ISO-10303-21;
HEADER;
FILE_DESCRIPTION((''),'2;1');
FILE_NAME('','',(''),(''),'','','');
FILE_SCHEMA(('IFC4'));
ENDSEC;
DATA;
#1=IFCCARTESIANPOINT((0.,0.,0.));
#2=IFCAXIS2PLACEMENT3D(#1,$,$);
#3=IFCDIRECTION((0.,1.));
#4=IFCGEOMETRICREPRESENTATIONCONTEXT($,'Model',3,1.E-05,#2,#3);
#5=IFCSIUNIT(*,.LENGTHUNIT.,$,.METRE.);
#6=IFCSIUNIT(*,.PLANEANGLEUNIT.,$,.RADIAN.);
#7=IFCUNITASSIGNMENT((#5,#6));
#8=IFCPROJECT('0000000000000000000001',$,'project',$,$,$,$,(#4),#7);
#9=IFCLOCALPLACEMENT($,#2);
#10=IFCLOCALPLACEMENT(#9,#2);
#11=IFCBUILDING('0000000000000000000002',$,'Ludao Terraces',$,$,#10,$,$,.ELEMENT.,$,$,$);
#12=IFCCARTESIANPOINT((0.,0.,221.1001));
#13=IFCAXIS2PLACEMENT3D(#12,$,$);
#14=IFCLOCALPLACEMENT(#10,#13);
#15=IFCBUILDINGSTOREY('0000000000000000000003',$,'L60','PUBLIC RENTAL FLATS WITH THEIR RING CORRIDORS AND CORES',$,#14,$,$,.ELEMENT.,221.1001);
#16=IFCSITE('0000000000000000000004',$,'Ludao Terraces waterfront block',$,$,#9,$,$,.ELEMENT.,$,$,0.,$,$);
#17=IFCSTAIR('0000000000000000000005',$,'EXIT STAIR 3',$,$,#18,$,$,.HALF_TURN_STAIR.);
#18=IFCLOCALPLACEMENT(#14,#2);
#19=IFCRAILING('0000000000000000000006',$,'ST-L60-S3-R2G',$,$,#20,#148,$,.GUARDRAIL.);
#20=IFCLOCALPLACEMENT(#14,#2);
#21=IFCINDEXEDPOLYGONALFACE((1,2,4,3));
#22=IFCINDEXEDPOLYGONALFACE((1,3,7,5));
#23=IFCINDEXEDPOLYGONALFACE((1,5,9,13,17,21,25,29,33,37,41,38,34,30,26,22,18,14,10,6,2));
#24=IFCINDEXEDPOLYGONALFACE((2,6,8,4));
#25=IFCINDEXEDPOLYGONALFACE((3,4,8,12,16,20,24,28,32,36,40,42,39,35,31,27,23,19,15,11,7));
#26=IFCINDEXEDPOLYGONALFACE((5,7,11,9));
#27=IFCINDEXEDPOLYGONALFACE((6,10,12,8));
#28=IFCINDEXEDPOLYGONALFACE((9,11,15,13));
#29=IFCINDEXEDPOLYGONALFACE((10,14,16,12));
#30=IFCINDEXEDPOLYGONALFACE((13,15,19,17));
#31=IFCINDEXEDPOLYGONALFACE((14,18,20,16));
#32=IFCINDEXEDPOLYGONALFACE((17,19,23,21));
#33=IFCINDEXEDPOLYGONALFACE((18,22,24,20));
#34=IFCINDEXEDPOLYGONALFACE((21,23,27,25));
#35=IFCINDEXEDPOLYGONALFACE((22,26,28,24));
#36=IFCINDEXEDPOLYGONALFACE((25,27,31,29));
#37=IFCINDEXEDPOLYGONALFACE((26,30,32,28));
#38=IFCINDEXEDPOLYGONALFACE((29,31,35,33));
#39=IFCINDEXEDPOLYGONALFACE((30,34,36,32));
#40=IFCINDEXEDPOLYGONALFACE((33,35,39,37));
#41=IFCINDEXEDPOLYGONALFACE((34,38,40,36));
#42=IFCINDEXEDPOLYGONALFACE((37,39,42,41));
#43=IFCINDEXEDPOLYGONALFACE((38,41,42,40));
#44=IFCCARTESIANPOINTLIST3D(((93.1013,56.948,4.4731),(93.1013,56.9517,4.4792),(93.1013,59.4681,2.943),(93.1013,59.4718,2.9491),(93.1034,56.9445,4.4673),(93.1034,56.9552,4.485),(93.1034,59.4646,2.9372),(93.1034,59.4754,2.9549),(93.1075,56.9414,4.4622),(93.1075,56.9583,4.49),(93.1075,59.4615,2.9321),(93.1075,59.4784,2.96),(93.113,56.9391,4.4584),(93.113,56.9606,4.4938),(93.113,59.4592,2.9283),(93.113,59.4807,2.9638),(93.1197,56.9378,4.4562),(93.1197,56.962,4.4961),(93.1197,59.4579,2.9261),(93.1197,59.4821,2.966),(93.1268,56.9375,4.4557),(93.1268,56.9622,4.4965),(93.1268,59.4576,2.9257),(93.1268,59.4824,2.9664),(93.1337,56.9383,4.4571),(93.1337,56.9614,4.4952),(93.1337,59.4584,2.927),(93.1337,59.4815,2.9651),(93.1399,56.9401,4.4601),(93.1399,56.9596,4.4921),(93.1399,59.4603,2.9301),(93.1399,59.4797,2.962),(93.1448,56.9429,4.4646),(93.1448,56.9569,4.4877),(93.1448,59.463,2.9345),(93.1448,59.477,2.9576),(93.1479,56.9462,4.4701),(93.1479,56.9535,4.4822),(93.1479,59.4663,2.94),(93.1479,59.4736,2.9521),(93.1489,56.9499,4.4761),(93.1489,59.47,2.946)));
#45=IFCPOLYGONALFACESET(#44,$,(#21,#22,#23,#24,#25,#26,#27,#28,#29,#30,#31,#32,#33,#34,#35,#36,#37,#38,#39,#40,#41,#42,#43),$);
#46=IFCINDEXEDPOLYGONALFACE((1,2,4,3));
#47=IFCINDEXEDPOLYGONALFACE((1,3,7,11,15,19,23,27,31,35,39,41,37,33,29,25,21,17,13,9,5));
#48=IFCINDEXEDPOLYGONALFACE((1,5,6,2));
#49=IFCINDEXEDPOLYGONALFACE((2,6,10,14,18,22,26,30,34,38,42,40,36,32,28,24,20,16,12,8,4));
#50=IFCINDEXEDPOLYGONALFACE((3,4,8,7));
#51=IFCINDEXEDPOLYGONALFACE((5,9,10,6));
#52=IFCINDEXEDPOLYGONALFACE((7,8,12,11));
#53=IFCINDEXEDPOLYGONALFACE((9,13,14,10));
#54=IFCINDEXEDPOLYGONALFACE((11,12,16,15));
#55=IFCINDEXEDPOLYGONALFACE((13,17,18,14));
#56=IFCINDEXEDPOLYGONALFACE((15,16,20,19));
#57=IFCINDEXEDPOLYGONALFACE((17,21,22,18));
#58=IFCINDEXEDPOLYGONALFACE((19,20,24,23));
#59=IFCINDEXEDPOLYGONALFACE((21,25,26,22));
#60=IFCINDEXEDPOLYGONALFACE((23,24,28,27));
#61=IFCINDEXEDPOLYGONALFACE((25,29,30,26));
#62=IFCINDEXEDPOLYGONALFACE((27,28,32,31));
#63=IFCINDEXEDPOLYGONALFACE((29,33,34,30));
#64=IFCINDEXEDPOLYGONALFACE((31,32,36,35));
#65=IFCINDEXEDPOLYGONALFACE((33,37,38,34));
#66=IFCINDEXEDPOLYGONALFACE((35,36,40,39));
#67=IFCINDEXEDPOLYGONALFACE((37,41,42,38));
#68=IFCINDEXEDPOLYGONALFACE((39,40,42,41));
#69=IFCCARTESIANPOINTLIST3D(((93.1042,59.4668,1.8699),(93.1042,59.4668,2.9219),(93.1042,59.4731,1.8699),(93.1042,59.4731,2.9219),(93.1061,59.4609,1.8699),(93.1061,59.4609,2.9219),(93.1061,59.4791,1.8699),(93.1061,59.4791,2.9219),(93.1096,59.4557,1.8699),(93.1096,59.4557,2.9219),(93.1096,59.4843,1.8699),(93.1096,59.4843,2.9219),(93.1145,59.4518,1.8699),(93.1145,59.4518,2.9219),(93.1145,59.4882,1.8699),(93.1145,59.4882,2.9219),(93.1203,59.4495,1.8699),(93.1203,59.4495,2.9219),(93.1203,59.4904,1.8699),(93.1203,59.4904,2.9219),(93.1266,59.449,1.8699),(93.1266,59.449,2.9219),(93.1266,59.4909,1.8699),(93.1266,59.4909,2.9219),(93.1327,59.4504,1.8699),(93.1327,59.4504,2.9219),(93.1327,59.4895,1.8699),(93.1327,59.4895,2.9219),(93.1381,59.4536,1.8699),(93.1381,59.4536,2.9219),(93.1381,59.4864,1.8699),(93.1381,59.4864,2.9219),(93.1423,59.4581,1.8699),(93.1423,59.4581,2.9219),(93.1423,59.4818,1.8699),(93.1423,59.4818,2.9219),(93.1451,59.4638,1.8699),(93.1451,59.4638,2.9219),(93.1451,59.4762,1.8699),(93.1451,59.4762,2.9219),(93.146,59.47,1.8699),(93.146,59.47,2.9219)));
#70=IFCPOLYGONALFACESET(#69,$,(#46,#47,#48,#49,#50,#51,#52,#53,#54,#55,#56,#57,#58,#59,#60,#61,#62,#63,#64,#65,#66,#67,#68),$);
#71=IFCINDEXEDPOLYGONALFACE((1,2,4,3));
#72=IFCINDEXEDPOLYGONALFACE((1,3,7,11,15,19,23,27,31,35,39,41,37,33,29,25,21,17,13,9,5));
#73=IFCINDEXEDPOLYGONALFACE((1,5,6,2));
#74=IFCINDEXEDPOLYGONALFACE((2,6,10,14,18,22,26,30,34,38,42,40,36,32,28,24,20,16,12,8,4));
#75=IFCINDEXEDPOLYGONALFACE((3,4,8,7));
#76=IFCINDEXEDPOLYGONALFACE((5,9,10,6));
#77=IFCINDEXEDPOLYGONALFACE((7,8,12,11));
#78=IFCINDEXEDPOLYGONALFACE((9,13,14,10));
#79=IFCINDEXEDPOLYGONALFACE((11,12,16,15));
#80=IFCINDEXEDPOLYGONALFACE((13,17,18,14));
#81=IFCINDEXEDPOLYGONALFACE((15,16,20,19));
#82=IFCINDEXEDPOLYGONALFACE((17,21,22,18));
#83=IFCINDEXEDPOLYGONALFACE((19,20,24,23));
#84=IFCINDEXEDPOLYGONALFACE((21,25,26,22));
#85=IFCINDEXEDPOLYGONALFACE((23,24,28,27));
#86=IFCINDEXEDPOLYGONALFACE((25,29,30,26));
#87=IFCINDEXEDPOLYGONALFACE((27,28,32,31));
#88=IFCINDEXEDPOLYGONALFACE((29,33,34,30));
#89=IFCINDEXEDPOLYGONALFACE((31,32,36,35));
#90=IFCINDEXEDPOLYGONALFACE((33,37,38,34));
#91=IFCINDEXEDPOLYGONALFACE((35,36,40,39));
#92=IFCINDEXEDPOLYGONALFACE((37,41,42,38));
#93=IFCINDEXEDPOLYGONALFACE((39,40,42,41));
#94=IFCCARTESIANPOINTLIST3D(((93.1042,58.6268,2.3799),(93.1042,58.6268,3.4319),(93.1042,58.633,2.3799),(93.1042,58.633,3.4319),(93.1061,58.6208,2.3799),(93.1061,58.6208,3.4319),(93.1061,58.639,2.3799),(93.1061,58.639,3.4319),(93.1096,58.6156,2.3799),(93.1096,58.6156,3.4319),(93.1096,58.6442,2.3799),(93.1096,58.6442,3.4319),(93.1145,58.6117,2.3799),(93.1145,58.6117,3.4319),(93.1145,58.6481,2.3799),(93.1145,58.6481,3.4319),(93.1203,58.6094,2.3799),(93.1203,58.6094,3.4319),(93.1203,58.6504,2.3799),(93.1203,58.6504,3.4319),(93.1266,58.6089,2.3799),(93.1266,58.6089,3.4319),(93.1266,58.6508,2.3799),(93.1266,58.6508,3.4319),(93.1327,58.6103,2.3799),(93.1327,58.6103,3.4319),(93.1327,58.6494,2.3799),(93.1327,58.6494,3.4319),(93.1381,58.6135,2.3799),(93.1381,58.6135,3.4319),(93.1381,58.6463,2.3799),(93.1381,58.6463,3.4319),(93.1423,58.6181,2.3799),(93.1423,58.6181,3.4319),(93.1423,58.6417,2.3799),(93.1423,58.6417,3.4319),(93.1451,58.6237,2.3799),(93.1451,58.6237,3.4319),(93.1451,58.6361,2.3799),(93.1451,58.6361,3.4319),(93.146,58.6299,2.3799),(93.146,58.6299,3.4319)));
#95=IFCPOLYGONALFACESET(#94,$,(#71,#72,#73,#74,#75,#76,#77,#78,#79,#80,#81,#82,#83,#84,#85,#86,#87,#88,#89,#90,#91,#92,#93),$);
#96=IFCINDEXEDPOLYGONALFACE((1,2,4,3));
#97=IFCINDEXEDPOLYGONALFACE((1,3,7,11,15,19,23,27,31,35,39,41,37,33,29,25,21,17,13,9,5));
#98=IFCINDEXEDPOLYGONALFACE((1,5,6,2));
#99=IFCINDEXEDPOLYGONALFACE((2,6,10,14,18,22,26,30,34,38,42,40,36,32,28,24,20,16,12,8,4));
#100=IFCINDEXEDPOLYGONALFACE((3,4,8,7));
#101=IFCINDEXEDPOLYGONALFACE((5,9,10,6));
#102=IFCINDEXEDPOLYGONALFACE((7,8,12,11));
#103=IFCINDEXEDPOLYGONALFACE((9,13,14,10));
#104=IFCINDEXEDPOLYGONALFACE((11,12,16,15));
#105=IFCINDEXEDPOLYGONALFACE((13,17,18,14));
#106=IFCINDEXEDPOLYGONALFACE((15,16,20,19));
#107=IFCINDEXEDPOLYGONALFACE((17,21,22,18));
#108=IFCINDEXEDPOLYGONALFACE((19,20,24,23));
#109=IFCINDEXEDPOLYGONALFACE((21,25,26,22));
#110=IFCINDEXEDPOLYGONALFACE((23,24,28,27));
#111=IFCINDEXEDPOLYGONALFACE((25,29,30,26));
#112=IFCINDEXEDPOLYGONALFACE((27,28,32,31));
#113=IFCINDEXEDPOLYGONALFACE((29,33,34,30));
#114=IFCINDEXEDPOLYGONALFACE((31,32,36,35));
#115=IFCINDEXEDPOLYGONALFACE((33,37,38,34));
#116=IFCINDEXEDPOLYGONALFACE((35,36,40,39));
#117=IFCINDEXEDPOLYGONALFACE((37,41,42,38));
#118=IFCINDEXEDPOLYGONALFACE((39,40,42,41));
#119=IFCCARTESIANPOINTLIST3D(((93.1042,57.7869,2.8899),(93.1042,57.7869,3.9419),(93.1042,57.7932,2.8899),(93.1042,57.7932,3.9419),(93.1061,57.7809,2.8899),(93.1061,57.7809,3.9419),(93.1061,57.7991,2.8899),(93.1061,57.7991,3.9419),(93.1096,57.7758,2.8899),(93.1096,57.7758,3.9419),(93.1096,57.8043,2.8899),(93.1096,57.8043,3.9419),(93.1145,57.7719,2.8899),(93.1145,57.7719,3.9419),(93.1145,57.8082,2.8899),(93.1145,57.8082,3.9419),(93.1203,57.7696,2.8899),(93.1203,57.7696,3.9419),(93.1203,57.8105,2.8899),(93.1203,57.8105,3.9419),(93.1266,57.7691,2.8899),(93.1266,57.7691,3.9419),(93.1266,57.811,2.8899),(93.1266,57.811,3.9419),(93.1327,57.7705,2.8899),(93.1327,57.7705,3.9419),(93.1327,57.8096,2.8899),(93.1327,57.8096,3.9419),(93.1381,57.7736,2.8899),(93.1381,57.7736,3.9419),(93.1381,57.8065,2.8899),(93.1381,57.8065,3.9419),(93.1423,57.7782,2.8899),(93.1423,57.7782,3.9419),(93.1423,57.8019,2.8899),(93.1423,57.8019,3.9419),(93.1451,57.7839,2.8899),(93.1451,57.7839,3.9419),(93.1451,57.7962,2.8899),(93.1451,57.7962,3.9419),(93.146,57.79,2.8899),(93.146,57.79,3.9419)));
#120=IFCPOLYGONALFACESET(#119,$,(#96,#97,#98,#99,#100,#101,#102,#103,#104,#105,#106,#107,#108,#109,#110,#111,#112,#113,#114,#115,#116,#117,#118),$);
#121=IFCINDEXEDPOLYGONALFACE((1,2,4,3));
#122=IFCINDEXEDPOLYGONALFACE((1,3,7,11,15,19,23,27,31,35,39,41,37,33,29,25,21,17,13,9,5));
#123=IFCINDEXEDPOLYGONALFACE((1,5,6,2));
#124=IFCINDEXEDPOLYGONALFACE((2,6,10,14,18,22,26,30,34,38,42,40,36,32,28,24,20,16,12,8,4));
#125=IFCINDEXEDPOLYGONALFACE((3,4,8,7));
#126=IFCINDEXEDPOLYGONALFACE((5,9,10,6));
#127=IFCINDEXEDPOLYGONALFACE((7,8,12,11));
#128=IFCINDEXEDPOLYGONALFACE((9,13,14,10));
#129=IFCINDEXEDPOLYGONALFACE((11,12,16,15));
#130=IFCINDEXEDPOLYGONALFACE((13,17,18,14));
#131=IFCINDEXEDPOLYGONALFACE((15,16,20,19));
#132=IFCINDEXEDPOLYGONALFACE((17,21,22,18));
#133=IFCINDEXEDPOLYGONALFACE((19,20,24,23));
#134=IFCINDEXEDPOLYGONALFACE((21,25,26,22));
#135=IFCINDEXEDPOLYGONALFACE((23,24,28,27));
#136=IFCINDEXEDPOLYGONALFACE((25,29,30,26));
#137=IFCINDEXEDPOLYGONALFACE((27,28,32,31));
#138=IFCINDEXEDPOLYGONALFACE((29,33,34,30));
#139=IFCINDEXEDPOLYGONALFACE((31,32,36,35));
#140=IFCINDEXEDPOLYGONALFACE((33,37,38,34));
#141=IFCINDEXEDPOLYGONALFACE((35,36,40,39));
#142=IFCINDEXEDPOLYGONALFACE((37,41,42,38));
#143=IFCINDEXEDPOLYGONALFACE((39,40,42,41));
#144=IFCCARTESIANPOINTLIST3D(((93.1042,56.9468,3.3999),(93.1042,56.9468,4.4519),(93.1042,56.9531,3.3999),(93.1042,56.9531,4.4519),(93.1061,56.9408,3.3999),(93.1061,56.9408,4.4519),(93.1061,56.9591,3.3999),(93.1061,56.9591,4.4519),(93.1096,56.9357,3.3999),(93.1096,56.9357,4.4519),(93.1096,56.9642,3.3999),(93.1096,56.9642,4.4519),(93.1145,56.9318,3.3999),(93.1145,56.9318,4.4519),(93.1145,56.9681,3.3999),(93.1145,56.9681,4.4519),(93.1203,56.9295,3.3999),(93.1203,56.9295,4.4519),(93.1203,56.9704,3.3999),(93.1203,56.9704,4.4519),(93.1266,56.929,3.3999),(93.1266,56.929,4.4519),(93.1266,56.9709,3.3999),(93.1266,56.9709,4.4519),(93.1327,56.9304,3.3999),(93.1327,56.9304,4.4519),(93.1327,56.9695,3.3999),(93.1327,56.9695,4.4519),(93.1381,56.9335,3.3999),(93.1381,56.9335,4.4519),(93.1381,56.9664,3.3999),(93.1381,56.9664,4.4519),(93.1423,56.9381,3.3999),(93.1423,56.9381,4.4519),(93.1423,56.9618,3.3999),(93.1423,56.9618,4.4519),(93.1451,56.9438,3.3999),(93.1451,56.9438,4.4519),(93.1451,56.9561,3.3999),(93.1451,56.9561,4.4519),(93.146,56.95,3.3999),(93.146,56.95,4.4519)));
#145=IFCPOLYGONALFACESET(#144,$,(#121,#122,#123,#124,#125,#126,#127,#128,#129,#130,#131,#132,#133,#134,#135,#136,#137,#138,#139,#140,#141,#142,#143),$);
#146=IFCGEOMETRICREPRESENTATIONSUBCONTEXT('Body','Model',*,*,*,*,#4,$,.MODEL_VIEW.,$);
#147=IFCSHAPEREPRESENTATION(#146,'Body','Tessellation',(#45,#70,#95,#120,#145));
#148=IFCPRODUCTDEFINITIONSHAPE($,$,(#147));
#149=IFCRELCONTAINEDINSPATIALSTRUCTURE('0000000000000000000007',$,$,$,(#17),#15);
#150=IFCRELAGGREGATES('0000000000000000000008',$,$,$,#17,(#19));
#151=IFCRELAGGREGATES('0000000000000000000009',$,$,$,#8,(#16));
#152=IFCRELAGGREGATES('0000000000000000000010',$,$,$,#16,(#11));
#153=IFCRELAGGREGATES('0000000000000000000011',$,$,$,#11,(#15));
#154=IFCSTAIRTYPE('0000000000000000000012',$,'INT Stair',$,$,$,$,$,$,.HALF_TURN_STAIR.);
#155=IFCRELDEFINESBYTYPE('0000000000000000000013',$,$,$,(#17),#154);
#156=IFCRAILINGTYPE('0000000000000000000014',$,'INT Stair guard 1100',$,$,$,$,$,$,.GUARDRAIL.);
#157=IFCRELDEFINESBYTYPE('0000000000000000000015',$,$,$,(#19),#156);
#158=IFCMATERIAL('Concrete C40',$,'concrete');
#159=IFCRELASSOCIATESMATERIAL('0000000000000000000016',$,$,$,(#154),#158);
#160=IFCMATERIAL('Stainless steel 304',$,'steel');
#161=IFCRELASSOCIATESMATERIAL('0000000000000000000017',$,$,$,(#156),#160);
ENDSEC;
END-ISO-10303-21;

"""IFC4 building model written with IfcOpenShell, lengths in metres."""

from ifc_helpers import new_model, si_unit, direction, frame, origin, origin_2d, place, context, subcontext, project, spatial, circle, extrude, material, type_object, element, aggregate, save


model = new_model("IFC4")

# Units and contexts
model_context = context("Model", 3, precision=1e-05, world=origin(), true_north=direction((0.0, 1.0)))
body_context = subcontext(model_context, "Body", "Model", "MODEL_VIEW")
ifc_project = project(units=[si_unit("LENGTHUNIT", "METRE"), si_unit("PLANEANGLEUNIT", "RADIAN")], contexts=[model_context])

# Site, building, storey
site_placement = place(None, origin())
site = spatial("IfcSite", under=ifc_project, at=site_placement, Name="Ludao Terraces waterfront block", CompositionType="ELEMENT", RefElevation=0.0)
building_placement = place(site_placement, origin())
building = spatial("IfcBuilding", under=site, at=building_placement, Name="Ludao Terraces", CompositionType="ELEMENT")
storey_placement = place(building_placement, frame((0.0, 0.0, 221.1001)))
storey = spatial("IfcBuildingStorey", under=building, at=storey_placement, Name="L60", Description="PUBLIC RENTAL FLATS WITH THEIR RING CORRIDORS AND CORES", CompositionType="ELEMENT", Elevation=221.1001)

# Shared definitions
ifc_material_1 = material(Name="Concrete C40", Category="concrete")

# Stair, railing
stair_type = type_object("IfcStairType", Name="INT Stair", PredefinedType="HALF_TURN_STAIR", material=ifc_material_1)
stair_placement = place(storey_placement, origin())
stair = element("IfcStair", 1, at=stair_placement, inside=storey, type_object=stair_type, Name="EXIT STAIR 3", PredefinedType="HALF_TURN_STAIR")
ifc_material_2 = material(Name="Stainless steel 304", Category="steel")
railing_type_1 = type_object("IfcRailingType", Name="INT Stair guard 1100", PredefinedType="GUARDRAIL", material=ifc_material_2)
railing_1_placement = place(storey_placement, frame((93.125, 59.47, 1.8699)))
railing_1 = element("IfcRailing", 2, at=railing_1_placement, type_object=railing_type_1, Name="ST-L60-S3-R2G", PredefinedType="GUARDRAIL", context=body_context, shape_type="SweptSolid", body=[
    extrude(circle(Radius=0.0239, at=origin_2d()), frame((0.0, 0.0, 1.0762), z_axis=(0.0, -0.854785, 0.518982), x_axis=(1.0, 0.0, 0.0)), (0.0, 0.0, 1.0), 2.9482),
    extrude(circle(Radius=0.021, at=origin_2d()), origin(), (0.0, 0.0, 1.0), 1.052),
    extrude(circle(Radius=0.021, at=origin_2d()), frame((0.0, -0.8401, 0.51)), (0.0, 0.0, 1.0), 1.052),
    extrude(circle(Radius=0.021, at=origin_2d()), frame((0.0, -1.6799, 1.02)), (0.0, 0.0, 1.0), 1.052),
    extrude(circle(Radius=0.021, at=origin_2d()), frame((0.0, -2.52, 1.53)), (0.0, 0.0, 1.0), 1.052),
])
aggregate(stair, [railing_1])

save(model, "model.ifc")
